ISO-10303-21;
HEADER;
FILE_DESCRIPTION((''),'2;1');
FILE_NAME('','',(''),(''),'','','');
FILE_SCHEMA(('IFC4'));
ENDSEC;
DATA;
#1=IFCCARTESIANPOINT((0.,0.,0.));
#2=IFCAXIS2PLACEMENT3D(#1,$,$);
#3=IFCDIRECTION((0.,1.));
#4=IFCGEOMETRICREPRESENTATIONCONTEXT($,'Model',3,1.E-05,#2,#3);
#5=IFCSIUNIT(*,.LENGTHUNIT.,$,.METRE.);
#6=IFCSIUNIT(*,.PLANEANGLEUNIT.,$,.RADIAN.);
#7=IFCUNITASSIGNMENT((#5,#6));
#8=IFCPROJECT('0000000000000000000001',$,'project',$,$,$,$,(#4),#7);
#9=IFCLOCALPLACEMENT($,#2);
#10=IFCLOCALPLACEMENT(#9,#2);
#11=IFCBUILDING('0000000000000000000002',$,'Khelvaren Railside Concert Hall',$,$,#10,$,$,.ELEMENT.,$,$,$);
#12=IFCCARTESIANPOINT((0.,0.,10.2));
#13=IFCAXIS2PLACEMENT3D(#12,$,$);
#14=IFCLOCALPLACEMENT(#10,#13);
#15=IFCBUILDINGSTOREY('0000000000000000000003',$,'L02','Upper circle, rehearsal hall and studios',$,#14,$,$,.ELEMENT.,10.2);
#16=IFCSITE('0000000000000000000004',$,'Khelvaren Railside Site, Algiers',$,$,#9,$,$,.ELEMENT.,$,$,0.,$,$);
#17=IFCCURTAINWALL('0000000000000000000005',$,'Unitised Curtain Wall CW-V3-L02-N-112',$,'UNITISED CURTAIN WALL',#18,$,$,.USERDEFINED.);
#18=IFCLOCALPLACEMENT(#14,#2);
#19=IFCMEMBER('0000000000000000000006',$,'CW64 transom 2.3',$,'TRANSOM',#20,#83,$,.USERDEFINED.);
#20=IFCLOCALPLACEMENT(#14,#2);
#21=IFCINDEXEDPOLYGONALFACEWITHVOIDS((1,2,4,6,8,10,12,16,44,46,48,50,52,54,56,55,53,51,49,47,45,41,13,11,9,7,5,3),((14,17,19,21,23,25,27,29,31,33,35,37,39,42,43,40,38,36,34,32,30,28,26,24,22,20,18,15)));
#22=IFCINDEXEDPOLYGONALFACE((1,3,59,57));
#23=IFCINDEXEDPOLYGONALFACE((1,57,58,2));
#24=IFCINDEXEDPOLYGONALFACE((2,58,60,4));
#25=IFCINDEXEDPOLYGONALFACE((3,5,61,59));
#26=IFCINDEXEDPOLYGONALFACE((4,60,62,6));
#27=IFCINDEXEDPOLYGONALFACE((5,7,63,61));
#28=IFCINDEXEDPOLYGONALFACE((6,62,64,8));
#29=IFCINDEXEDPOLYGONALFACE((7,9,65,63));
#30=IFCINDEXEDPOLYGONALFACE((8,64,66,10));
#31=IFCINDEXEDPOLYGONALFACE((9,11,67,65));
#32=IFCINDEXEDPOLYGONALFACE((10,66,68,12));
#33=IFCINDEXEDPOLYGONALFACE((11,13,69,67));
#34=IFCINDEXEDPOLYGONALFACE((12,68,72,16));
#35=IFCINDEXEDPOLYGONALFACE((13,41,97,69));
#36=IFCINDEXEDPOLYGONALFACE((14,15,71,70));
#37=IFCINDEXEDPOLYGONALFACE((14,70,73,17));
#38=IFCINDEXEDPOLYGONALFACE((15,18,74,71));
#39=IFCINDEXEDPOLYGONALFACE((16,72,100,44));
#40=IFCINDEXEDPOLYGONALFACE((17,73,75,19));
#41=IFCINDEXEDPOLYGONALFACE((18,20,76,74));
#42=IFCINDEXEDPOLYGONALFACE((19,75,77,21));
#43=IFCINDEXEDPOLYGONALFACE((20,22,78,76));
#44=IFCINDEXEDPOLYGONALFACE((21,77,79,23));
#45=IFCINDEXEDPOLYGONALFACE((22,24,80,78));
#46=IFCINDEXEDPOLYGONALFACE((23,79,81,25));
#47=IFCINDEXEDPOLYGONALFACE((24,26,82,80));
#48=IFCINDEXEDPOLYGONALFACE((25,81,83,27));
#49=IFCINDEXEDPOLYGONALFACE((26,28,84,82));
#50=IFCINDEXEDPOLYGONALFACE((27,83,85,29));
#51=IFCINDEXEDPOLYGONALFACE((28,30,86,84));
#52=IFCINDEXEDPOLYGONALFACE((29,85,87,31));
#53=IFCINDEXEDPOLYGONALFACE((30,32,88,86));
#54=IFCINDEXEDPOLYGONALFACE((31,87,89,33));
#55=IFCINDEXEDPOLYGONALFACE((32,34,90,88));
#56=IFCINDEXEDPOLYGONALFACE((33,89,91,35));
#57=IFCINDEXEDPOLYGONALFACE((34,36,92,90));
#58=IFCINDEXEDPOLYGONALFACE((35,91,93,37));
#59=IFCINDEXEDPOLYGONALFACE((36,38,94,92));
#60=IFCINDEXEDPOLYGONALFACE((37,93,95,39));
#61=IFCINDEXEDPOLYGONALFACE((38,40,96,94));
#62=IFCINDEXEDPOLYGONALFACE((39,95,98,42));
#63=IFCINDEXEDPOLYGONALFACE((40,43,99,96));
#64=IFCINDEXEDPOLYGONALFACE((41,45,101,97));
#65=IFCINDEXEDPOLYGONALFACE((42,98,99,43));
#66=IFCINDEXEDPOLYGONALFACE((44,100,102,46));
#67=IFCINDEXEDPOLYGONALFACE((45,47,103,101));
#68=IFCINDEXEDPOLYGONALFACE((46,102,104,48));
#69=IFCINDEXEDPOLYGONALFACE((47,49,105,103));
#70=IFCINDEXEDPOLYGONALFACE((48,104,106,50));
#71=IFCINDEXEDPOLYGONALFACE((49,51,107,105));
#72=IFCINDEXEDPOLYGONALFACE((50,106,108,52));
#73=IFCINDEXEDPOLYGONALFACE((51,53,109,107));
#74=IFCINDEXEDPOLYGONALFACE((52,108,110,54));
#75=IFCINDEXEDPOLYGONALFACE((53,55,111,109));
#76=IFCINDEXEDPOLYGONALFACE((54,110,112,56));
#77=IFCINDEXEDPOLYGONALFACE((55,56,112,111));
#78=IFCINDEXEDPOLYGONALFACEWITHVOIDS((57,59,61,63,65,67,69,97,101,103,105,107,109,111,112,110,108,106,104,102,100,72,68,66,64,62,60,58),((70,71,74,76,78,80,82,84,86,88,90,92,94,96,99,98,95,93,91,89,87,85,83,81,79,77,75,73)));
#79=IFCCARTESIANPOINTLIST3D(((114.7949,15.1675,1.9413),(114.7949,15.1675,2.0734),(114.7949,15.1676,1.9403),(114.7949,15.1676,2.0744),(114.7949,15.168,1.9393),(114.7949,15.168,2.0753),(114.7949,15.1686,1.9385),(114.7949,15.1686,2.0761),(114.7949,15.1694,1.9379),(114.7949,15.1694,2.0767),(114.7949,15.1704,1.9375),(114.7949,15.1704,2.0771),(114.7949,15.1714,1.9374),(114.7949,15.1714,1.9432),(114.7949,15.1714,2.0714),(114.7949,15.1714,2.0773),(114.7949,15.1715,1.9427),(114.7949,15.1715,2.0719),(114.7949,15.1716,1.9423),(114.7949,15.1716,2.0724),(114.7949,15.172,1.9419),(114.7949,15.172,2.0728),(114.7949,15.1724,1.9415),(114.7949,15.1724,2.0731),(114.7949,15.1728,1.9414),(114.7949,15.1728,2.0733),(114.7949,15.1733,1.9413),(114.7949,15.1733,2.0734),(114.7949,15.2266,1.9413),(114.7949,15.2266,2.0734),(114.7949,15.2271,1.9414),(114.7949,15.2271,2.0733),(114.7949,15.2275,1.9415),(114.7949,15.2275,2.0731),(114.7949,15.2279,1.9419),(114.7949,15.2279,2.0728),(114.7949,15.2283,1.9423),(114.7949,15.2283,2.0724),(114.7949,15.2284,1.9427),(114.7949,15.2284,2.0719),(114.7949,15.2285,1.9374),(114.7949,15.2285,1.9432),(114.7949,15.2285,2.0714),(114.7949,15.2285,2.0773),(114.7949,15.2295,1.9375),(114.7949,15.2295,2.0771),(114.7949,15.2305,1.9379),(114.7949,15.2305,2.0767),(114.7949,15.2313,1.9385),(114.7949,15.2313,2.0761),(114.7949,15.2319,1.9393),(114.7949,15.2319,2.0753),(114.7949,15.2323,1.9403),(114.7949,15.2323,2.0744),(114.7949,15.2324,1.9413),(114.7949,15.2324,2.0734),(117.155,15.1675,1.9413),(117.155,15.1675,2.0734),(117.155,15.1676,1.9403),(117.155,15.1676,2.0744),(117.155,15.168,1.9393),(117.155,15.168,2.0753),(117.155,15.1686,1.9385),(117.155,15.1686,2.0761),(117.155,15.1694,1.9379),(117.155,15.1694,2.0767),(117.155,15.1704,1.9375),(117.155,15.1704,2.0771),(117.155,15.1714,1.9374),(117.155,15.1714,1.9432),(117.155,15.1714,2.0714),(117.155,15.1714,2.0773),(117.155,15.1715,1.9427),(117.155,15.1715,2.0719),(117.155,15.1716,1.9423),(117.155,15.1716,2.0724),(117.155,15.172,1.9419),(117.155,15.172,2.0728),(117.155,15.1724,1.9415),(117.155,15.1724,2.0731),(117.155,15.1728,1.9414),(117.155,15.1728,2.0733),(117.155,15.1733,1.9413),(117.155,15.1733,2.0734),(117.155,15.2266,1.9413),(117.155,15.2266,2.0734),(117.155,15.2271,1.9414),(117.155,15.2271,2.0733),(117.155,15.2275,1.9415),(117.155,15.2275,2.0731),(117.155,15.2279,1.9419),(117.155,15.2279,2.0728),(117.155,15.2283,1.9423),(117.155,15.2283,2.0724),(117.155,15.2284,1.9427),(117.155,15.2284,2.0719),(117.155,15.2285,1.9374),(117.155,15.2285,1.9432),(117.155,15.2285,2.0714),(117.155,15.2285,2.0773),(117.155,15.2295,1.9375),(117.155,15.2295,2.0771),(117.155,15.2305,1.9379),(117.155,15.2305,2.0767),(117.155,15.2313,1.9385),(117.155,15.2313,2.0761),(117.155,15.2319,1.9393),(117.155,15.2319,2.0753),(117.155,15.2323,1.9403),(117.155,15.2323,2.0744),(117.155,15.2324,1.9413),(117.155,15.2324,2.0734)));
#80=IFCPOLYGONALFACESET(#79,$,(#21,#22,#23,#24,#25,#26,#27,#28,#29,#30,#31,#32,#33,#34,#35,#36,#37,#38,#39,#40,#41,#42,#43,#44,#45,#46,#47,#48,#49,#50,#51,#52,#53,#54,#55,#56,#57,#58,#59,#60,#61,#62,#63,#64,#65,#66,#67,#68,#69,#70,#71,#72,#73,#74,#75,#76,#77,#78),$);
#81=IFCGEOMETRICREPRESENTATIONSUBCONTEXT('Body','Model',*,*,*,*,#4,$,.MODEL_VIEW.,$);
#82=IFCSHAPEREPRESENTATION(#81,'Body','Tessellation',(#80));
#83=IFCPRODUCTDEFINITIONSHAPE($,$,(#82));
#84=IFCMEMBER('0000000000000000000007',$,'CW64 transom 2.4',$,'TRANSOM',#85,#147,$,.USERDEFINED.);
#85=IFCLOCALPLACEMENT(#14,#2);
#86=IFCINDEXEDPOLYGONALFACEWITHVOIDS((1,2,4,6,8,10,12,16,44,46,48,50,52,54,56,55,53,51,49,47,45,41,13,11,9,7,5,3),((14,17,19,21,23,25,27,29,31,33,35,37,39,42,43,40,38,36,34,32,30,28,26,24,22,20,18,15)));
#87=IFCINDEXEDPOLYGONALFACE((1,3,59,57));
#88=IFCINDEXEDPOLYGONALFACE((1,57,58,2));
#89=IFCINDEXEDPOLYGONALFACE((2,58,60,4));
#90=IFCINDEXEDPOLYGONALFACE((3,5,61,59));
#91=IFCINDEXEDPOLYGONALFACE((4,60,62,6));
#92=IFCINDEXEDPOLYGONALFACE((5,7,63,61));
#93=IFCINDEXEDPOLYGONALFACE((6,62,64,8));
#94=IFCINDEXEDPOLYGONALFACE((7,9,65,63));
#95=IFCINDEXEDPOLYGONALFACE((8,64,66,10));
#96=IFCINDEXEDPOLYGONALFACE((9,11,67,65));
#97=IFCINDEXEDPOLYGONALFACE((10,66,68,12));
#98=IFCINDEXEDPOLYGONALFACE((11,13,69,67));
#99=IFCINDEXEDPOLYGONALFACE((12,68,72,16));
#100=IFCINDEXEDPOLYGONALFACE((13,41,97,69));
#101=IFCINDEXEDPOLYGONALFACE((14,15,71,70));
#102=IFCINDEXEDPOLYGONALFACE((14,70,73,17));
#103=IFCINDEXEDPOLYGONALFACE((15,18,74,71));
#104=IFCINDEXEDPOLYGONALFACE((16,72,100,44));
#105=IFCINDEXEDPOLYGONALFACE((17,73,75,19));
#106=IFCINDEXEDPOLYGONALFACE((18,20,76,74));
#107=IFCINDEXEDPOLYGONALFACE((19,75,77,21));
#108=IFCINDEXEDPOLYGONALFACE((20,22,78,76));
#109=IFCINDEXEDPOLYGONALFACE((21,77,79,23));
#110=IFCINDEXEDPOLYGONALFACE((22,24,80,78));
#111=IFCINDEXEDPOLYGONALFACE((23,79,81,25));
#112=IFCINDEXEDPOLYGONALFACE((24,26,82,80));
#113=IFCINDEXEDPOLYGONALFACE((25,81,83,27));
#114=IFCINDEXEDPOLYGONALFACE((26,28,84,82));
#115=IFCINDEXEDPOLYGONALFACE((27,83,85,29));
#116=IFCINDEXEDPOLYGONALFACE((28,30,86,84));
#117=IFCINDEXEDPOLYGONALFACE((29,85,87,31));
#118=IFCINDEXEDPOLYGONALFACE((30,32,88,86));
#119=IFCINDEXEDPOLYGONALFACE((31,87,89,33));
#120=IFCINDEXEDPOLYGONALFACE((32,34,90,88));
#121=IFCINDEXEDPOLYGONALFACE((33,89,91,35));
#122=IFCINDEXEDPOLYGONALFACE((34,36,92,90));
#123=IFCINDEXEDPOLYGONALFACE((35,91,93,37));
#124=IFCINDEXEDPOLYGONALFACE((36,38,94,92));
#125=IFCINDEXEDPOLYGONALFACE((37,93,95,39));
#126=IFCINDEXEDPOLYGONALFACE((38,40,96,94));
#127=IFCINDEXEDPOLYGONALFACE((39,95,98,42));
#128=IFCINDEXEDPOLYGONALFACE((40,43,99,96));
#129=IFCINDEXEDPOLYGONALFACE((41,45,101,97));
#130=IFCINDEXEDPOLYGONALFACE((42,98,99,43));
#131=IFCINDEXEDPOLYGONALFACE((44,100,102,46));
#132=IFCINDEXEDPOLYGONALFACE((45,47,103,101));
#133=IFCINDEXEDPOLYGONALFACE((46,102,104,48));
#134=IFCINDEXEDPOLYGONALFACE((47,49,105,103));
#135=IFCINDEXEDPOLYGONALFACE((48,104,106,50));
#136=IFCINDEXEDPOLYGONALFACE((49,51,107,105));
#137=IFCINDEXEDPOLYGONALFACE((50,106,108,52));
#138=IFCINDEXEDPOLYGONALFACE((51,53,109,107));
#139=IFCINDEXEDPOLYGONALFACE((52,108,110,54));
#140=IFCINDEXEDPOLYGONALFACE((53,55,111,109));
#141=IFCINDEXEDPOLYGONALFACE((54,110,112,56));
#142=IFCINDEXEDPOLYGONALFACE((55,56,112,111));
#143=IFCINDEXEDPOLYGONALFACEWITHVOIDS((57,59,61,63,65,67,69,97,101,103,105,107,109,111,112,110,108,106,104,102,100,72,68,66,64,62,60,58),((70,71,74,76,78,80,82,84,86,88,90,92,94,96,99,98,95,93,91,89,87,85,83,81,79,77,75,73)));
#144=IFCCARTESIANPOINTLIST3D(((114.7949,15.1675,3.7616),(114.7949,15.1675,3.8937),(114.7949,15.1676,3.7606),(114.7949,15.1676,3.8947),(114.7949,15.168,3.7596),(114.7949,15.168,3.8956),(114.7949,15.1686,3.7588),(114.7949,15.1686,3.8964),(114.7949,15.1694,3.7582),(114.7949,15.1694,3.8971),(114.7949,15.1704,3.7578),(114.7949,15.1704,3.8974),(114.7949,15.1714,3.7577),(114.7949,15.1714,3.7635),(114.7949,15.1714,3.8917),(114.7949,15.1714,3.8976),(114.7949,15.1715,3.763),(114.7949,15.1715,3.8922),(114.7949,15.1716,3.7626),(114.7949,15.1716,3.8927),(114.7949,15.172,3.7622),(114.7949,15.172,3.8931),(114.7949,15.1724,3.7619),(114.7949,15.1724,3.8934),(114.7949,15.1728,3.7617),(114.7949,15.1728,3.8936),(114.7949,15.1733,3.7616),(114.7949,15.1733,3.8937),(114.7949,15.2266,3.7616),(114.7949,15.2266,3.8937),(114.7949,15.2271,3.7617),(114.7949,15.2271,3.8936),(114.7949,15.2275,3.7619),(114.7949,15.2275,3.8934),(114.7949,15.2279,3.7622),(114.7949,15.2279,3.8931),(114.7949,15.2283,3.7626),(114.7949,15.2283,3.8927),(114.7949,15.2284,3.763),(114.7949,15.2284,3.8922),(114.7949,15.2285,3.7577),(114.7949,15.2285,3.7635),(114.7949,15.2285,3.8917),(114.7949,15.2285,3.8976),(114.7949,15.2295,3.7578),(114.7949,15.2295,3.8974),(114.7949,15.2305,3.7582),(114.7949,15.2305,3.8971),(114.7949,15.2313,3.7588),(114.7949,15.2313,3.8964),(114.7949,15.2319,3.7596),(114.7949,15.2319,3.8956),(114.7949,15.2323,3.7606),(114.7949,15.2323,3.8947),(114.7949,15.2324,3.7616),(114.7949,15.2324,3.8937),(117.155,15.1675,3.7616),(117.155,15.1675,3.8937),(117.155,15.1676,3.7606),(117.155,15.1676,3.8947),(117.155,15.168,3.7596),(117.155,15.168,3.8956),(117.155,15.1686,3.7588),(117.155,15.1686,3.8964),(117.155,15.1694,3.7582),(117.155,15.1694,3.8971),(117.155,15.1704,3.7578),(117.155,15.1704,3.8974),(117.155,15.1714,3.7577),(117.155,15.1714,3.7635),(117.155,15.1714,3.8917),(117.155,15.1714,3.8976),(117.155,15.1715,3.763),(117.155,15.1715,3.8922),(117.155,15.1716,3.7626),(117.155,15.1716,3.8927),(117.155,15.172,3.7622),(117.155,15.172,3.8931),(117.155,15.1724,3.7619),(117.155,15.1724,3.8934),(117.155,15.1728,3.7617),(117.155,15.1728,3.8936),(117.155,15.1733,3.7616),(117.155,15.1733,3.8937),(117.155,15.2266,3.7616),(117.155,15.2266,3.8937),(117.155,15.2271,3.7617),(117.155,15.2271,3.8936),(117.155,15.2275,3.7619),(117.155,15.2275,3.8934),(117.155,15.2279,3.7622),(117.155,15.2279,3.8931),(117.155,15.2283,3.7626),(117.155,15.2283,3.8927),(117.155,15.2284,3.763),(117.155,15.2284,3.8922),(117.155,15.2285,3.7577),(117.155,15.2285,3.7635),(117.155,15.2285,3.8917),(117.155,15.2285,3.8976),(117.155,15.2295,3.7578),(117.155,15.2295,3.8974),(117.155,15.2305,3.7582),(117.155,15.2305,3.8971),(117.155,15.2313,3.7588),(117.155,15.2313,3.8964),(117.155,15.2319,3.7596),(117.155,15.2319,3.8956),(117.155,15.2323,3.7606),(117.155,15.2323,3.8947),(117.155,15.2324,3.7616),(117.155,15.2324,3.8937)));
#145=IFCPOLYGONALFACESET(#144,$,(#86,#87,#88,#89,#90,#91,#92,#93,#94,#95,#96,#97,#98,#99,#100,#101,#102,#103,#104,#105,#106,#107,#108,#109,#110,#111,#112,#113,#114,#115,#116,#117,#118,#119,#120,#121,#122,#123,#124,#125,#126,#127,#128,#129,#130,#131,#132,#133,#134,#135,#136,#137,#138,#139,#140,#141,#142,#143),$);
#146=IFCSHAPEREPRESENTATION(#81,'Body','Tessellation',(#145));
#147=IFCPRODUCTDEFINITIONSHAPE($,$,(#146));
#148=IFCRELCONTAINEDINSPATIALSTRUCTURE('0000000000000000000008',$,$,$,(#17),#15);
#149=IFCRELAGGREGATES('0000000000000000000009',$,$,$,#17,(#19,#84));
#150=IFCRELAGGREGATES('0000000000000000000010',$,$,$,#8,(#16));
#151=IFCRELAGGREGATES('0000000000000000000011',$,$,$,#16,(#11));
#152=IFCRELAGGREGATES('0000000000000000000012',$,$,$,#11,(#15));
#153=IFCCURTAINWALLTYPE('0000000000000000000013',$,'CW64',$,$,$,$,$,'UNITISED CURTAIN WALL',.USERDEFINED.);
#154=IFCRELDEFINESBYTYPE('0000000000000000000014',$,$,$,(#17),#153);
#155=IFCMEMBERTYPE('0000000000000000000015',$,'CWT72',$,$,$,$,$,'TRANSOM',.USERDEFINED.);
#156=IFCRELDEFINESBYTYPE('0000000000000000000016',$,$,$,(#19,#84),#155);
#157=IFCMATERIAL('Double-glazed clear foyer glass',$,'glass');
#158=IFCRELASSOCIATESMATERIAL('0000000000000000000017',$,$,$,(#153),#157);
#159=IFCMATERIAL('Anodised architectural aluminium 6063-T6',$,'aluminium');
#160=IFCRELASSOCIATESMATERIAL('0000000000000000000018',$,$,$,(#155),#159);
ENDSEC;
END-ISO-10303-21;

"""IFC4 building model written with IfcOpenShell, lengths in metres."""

from ifc_helpers import new_model, si_unit, direction, frame, origin, origin_2d, place, context, subcontext, project, spatial, hollow_rectangle, extrude, material, material_profile, profile_set, type_object, element, aggregate, save


model = new_model("IFC4")

# Units and contexts
model_context = context("Model", 3, precision=1e-05, world=origin(), true_north=direction((0.0, 1.0)))
body_context = subcontext(model_context, "Body", "Model", "MODEL_VIEW")
ifc_project = project(units=[si_unit("LENGTHUNIT", "METRE"), si_unit("PLANEANGLEUNIT", "RADIAN")], contexts=[model_context])

# Site, building, storey
site_placement = place(None, origin())
site = spatial("IfcSite", under=ifc_project, at=site_placement, Name="Khelvaren Railside Site, Algiers", CompositionType="ELEMENT", RefElevation=0.0)
building_placement = place(site_placement, origin())
building = spatial("IfcBuilding", under=site, at=building_placement, Name="Khelvaren Railside Concert Hall", CompositionType="ELEMENT")
storey_placement = place(building_placement, frame((0.0, 0.0, 10.2)))
storey = spatial("IfcBuildingStorey", under=building, at=storey_placement, Name="L02", Description="Upper circle, rehearsal hall and studios", CompositionType="ELEMENT", Elevation=10.2)

# Shared definitions
ifc_material_1 = material(Name="Double-glazed clear foyer glass", Category="glass")
ifc_material_2 = material(Name="Anodised architectural aluminium 6063-T6", Category="aluminium")

# Curtain wall
curtain_wall_type_1 = type_object("IfcCurtainWallType", Name="CW64", ElementType="UNITISED CURTAIN WALL", PredefinedType="USERDEFINED", material=ifc_material_1)
curtain_wall_1_placement = place(storey_placement, origin())
curtain_wall_1 = element("IfcCurtainWall", 1, at=curtain_wall_1_placement, inside=storey, type_object=curtain_wall_type_1, Name="Unitised Curtain Wall CW-V3-L02-N-112", ObjectType="UNITISED CURTAIN WALL", PredefinedType="USERDEFINED")

# Members
ifc_material_profile_1 = material_profile(ifc_material_2, hollow_rectangle(XDim=0.0649, YDim=0.1399, WallThickness=0.0039, InnerFilletRadius=0.002, OuterFilletRadius=0.0039, at=origin_2d()), Name="CWT 65x140x4")
ifc_profile_set_1 = profile_set([ifc_material_profile_1], Name="Anodised architectural aluminium 6063-T6")
member_type_1 = type_object("IfcMemberType", Name="CWT72", ElementType="TRANSOM", PredefinedType="USERDEFINED", material=ifc_profile_set_1)
member_1_placement = place(storey_placement, frame((114.7949, 15.2, 2.0073), z_axis=(1.0, 0.0, 0.0), x_axis=(0.0, 1.0, 0.0)))
member_1 = element("IfcMember", 2, at=member_1_placement, type_object=member_type_1, Name="CW64 transom 2.3", ObjectType="TRANSOM", PredefinedType="USERDEFINED", context=body_context, shape_type="SweptSolid", body=[
    extrude(hollow_rectangle(XDim=0.0649, YDim=0.1399, WallThickness=0.0039, InnerFilletRadius=0.002, OuterFilletRadius=0.0039, at=origin_2d()), origin(), (0.0, 0.0, 1.0), 2.3601),
])
member_2_placement = place(storey_placement, frame((114.7949, 15.2, 3.8276), z_axis=(1.0, 0.0, 0.0), x_axis=(0.0, 1.0, 0.0)))
member_2 = element("IfcMember", 3, at=member_2_placement, type_object=member_type_1, Name="CW64 transom 2.4", ObjectType="TRANSOM", PredefinedType="USERDEFINED", context=body_context, shape_type="SweptSolid", body=[
    extrude(hollow_rectangle(XDim=0.0649, YDim=0.1399, WallThickness=0.0039, InnerFilletRadius=0.002, OuterFilletRadius=0.0039, at=origin_2d()), origin(), (0.0, 0.0, 1.0), 2.3601),
])

aggregate(curtain_wall_1, [member_1, member_2])

save(model, "model.ifc")
